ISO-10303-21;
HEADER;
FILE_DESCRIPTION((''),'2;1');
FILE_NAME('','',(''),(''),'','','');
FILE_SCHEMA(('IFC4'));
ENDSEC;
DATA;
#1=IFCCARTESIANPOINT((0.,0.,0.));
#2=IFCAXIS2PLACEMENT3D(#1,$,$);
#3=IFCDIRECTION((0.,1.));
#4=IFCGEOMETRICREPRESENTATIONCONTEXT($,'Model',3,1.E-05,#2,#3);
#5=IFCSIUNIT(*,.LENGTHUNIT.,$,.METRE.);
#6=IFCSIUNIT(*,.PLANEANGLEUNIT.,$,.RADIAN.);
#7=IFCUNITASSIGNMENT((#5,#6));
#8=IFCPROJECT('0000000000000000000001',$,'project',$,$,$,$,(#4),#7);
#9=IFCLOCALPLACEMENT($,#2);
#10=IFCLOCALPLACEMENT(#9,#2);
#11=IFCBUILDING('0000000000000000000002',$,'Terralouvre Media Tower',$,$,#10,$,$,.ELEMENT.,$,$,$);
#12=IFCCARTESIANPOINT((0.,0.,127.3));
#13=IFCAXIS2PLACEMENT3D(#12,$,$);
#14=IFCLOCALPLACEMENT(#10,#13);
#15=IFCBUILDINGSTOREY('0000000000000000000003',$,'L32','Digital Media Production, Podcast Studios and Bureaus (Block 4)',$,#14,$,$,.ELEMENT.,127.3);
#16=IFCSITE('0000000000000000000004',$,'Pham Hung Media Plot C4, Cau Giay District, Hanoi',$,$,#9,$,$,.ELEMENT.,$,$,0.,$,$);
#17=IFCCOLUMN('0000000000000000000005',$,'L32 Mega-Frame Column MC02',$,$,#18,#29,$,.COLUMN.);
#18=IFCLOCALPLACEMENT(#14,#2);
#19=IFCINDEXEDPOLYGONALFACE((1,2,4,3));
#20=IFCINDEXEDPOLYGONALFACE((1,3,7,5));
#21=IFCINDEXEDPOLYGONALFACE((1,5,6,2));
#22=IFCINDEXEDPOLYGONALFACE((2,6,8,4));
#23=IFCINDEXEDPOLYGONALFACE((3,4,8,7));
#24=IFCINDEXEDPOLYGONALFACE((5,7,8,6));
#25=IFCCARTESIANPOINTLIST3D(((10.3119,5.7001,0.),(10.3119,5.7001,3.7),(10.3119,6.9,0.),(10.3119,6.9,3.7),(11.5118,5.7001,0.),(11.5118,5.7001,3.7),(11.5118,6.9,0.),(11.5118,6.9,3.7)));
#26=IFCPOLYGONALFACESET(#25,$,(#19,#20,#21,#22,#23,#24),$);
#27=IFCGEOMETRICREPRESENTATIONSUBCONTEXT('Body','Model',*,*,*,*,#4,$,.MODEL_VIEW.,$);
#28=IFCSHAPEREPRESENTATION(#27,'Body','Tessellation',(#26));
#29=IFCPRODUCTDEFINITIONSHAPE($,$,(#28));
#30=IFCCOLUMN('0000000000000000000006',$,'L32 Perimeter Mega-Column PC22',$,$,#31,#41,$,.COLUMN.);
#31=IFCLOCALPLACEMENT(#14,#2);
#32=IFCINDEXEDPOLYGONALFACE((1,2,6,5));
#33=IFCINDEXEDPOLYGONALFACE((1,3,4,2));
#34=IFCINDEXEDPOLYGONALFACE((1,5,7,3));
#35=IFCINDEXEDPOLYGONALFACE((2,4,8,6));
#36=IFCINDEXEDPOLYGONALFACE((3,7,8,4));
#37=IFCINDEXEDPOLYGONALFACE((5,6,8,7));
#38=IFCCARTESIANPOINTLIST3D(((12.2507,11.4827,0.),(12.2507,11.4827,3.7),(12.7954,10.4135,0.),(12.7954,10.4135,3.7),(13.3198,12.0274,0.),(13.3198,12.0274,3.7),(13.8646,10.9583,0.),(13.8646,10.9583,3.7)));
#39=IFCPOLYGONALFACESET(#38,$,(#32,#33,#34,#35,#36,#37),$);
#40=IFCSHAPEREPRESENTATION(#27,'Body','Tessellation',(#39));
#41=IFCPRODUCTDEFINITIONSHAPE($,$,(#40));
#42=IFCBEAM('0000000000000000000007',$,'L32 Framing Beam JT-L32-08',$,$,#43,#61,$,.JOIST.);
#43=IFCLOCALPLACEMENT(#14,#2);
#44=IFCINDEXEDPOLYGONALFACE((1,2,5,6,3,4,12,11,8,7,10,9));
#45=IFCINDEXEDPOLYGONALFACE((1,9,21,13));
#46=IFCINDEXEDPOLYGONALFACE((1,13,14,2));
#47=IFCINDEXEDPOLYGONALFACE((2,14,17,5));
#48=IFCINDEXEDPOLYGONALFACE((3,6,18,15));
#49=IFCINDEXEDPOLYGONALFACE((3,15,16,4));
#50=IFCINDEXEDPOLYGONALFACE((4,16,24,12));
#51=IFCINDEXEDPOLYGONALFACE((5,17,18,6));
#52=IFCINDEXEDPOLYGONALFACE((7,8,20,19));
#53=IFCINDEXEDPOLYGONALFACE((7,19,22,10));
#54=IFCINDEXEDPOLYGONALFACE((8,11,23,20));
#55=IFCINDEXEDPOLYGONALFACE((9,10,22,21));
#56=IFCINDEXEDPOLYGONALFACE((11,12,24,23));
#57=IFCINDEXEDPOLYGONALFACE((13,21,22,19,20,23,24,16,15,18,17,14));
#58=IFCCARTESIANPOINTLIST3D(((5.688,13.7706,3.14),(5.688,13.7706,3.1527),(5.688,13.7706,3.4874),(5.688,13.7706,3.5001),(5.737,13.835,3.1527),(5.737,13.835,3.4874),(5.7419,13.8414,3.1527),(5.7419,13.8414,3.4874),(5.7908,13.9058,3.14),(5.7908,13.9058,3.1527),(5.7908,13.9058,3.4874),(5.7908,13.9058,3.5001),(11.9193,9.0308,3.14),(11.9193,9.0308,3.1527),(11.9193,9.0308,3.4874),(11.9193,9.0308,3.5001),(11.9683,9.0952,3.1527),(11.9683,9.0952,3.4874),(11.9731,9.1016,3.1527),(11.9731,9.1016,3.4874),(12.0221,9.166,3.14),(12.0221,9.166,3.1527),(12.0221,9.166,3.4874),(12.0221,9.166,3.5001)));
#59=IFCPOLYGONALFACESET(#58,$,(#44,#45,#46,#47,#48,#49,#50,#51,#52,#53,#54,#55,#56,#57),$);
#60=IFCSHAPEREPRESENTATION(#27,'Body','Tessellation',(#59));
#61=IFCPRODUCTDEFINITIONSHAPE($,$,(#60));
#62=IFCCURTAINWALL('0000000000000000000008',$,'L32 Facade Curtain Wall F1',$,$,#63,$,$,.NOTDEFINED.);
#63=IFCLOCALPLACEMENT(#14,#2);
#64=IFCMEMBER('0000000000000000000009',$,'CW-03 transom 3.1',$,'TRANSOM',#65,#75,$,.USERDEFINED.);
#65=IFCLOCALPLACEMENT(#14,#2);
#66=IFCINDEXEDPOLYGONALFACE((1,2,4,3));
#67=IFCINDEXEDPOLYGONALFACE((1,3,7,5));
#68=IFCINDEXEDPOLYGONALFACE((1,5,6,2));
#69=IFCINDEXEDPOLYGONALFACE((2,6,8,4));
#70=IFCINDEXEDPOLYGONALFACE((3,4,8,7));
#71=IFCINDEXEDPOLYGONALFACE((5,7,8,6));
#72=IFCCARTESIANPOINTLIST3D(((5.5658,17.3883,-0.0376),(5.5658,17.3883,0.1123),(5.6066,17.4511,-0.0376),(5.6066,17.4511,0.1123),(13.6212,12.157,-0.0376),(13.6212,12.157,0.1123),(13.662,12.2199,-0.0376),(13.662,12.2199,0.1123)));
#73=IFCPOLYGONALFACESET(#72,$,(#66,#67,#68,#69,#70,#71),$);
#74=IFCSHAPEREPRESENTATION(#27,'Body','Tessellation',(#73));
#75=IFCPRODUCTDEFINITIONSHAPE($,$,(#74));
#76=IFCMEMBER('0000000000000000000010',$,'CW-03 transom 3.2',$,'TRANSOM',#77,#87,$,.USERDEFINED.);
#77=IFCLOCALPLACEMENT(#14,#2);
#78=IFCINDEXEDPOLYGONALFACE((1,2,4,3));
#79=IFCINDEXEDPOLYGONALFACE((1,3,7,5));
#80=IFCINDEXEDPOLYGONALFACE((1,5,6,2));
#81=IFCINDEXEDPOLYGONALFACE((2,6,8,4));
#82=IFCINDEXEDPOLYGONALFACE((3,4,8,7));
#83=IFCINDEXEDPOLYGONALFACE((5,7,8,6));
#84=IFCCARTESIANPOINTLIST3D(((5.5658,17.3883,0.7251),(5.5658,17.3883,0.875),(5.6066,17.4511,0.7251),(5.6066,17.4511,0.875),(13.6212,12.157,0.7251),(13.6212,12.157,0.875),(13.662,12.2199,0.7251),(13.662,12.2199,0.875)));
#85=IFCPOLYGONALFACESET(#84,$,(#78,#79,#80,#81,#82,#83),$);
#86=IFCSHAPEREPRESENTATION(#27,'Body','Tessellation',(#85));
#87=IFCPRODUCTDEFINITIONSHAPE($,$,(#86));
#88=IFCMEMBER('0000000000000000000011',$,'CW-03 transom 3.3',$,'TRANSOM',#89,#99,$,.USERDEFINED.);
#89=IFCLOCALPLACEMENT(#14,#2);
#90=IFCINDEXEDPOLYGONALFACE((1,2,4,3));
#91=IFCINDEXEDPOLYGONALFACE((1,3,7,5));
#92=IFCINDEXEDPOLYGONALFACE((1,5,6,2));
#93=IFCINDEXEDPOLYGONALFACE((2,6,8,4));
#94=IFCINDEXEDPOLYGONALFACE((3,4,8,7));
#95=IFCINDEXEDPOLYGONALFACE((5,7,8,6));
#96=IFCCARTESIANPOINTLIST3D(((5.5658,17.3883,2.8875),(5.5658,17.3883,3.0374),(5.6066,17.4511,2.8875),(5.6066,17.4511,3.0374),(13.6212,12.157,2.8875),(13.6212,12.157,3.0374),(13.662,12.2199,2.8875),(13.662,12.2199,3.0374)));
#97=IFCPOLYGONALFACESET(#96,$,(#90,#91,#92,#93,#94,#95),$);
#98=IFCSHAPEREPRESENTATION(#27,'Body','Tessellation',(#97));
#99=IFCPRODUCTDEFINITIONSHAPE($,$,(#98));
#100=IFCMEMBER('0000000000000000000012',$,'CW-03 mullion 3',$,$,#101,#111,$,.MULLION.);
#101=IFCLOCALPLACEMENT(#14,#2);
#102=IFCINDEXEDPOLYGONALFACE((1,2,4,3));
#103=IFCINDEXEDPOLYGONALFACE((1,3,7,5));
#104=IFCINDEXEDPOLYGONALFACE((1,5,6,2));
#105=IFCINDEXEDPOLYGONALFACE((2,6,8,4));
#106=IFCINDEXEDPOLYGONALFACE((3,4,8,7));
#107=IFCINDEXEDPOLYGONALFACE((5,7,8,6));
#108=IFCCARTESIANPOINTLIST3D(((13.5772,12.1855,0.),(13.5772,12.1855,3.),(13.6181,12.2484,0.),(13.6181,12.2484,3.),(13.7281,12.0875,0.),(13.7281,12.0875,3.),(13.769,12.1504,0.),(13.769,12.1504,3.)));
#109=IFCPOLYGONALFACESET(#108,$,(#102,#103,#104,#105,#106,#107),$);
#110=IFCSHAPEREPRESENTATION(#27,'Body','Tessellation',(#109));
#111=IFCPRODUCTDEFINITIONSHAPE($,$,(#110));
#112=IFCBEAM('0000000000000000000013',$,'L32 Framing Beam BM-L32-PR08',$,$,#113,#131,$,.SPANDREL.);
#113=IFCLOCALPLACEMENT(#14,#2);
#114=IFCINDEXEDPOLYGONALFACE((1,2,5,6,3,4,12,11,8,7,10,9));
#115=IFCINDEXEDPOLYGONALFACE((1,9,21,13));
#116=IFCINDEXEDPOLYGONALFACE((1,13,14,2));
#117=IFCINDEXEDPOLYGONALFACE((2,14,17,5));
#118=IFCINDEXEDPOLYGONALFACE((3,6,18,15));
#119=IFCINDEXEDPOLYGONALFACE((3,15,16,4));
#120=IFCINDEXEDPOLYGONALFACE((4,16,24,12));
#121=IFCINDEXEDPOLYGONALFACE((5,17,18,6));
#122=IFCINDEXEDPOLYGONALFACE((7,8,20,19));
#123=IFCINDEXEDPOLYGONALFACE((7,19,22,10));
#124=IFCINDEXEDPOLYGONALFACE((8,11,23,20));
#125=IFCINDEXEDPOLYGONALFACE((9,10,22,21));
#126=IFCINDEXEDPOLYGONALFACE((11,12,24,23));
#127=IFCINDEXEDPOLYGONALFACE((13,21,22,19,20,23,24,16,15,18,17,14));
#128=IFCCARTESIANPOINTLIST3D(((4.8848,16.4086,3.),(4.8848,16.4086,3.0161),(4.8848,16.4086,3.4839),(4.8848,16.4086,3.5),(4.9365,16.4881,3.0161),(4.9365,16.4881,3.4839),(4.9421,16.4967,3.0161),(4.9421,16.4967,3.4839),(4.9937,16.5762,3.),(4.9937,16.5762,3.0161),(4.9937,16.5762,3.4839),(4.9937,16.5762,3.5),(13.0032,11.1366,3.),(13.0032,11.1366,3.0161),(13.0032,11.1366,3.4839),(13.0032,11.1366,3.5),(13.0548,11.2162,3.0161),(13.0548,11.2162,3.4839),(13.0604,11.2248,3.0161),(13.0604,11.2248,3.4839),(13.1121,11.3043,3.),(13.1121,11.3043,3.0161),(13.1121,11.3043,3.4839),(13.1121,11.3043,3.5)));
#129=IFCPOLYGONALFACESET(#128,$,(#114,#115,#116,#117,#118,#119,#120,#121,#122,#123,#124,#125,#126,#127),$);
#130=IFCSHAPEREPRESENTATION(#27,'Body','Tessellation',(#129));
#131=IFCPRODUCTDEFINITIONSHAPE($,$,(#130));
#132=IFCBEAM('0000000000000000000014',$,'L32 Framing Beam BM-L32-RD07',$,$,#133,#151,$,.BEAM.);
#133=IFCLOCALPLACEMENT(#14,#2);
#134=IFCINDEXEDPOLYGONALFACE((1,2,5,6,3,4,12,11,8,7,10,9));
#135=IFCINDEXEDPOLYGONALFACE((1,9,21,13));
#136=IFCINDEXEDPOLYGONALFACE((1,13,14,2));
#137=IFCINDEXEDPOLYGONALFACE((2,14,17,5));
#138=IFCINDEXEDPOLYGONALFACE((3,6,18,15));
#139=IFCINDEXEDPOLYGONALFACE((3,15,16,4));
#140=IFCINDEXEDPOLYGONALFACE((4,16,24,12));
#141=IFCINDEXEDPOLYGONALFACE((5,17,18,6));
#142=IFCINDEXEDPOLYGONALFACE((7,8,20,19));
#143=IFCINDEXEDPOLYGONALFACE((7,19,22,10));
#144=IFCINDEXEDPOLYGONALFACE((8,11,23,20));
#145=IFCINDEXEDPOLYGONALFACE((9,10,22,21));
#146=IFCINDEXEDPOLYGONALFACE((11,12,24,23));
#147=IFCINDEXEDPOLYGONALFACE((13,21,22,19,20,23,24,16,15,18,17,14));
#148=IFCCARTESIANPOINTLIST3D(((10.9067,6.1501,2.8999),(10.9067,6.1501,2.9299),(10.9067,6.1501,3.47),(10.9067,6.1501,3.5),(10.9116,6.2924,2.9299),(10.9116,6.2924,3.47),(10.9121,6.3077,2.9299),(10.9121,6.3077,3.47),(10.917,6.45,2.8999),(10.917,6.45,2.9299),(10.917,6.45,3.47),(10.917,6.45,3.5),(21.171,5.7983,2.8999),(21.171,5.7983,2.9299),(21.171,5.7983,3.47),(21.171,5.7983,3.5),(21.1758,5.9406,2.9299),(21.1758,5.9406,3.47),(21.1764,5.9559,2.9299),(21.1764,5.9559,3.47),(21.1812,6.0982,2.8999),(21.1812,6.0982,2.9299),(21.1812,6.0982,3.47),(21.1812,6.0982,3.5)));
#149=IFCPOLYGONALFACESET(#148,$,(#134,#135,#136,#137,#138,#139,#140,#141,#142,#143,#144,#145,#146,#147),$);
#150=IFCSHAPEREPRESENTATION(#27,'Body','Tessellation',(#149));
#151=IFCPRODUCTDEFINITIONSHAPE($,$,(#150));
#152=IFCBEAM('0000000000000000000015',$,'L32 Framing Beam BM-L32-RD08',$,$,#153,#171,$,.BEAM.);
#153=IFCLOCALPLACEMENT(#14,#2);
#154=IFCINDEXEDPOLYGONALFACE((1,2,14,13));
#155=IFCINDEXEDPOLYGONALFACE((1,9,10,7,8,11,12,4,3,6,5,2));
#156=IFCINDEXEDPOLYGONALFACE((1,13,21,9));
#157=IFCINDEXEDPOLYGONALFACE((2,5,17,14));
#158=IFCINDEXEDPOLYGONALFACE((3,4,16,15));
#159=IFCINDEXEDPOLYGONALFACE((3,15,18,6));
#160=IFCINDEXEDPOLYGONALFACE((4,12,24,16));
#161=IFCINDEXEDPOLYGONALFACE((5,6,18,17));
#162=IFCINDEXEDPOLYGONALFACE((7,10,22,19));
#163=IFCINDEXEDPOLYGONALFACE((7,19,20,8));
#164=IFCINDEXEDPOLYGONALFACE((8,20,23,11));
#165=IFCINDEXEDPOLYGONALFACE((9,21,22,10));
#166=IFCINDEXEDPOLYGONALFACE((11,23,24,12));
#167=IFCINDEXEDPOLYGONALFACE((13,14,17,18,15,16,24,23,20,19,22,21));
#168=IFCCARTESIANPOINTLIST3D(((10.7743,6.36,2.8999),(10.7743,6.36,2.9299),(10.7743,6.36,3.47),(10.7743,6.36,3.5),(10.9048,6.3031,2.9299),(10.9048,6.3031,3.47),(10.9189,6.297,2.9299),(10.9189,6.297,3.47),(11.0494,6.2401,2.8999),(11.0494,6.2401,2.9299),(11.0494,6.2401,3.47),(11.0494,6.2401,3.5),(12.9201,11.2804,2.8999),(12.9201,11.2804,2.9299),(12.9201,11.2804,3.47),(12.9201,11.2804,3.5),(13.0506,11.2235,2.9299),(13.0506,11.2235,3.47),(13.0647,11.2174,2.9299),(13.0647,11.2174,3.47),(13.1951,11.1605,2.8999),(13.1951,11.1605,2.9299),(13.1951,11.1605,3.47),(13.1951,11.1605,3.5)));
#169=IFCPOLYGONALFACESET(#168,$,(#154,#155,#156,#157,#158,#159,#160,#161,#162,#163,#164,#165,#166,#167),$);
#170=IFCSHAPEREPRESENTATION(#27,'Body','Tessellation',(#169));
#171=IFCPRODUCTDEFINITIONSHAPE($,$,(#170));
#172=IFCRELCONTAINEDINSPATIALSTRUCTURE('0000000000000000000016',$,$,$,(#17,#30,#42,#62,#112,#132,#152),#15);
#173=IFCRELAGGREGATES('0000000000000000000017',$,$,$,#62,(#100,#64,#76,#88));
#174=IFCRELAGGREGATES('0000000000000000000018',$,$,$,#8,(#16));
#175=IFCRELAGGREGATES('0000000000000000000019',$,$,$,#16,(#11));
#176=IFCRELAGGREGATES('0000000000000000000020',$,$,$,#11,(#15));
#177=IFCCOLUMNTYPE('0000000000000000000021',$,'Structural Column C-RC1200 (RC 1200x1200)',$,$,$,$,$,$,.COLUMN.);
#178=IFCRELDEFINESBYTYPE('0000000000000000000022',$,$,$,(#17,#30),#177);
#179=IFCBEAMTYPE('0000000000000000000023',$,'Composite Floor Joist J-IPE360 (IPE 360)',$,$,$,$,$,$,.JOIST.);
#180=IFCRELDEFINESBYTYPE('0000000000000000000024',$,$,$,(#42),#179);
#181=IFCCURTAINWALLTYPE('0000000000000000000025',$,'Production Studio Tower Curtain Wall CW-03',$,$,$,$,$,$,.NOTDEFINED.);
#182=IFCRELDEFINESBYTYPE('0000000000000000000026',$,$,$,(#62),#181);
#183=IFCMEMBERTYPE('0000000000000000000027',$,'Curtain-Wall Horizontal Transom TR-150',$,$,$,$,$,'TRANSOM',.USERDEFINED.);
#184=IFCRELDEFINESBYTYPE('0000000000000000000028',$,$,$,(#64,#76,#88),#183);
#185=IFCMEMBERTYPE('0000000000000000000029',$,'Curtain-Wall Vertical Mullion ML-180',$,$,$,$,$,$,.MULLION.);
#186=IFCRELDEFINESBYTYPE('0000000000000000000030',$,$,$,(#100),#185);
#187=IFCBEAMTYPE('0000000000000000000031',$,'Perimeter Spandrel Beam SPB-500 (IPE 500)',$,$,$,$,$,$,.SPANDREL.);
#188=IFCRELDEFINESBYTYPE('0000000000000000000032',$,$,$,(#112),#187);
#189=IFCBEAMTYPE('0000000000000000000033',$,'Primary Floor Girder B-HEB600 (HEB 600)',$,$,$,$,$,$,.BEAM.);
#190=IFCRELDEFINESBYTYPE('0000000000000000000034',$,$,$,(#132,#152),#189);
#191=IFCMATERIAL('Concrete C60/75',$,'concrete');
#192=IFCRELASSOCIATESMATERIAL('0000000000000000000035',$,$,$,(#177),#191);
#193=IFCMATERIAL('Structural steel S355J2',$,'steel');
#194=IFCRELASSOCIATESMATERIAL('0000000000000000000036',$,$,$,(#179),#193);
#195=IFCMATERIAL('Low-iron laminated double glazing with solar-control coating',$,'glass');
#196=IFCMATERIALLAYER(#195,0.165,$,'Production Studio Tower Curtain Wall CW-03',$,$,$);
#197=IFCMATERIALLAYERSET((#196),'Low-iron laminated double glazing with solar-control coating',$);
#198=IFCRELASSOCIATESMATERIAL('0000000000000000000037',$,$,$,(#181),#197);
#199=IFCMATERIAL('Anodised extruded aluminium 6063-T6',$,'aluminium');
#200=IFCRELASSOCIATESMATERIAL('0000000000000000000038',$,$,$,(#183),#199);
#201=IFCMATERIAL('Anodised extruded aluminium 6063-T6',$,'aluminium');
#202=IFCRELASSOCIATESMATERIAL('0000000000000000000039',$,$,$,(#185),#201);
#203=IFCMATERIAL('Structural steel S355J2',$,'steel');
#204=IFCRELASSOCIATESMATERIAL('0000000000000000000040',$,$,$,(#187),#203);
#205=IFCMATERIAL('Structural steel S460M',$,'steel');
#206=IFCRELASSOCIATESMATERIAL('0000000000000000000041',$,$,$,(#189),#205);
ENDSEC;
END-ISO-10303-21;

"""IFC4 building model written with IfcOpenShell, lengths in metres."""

from ifc_helpers import new_model, si_unit, direction, frame, origin, origin_2d, place, context, subcontext, project, spatial, rectangle, i_section, extrude, material, layer, layer_set, material_profile, profile_set, type_object, element, aggregate, save


model = new_model("IFC4")

# Units and contexts
model_context = context("Model", 3, precision=1e-05, world=origin(), true_north=direction((0.0, 1.0)))
body_context = subcontext(model_context, "Body", "Model", "MODEL_VIEW")
ifc_project = project(units=[si_unit("LENGTHUNIT", "METRE"), si_unit("PLANEANGLEUNIT", "RADIAN")], contexts=[model_context])

# Site, building, storey
site_placement = place(None, origin())
site = spatial("IfcSite", under=ifc_project, at=site_placement, Name="Pham Hung Media Plot C4, Cau Giay District, Hanoi", CompositionType="ELEMENT", RefElevation=0.0)
building_placement = place(site_placement, origin())
building = spatial("IfcBuilding", under=site, at=building_placement, Name="Terralouvre Media Tower", CompositionType="ELEMENT")
storey_placement = place(building_placement, frame((0.0, 0.0, 127.3)))
storey = spatial("IfcBuildingStorey", under=building, at=storey_placement, Name="L32", Description="Digital Media Production, Podcast Studios and Bureaus (Block 4)", CompositionType="ELEMENT", Elevation=127.3)

# Columns
ifc_material_1 = material(Name="Concrete C60/75", Category="concrete")
ifc_material_profile_1 = material_profile(ifc_material_1, rectangle(XDim=1.2, YDim=1.2, at=origin_2d()), Name="RC 1200x1200")
ifc_profile_set_1 = profile_set([ifc_material_profile_1], Name="Concrete C60/75")
column_type = type_object("IfcColumnType", Name="Structural Column C-RC1200 (RC 1200x1200)", PredefinedType="COLUMN", material=ifc_profile_set_1)
for number, where, z_axis, x_axis, name in (
    (1, (10.9119, 6.3, 0.0), (0.0, 0.0, 1.0), (1.0, 0.0, 0.0), "L32 Mega-Frame Column MC02"),
    (2, (13.0576, 11.2205, 0.0), (0.0, 0.0, 1.0), (0.891007, 0.45399, 0.0), "L32 Perimeter Mega-Column PC22"),
):
    element("IfcColumn", number, at=place(storey_placement, frame(where, z_axis=z_axis, x_axis=x_axis)), inside=storey, type_object=column_type, Name=name, PredefinedType="COLUMN", context=body_context, shape_type="SweptSolid", body=[
        extrude(rectangle(XDim=1.2, YDim=1.2, at=origin_2d()), origin(), (0.0, 0.0, 1.0), 3.7),
    ])

# Beam
ifc_material_2 = material(Name="Structural steel S355J2", Category="steel")
ifc_material_profile_2 = material_profile(ifc_material_2, i_section(OverallWidth=0.1699, OverallDepth=0.3601, WebThickness=0.0081, FlangeThickness=0.0127, at=origin_2d()), Name="IPE 360")
ifc_profile_set_2 = profile_set([ifc_material_profile_2], Name="Structural steel S355J2")
beam_type_1 = type_object("IfcBeamType", Name="Composite Floor Joist J-IPE360 (IPE 360)", PredefinedType="JOIST", material=ifc_profile_set_2)
beam_1_placement = place(storey_placement, frame((11.9707, 9.0984, 3.3201), z_axis=(-0.795914, 0.60541, 0.0), x_axis=(-0.60541, -0.795914, 0.0)))
element("IfcBeam", 3, at=beam_1_placement, inside=storey, type_object=beam_type_1, Name="L32 Framing Beam JT-L32-08", PredefinedType="JOIST", context=body_context, shape_type="SweptSolid", body=[
    extrude(i_section(OverallWidth=0.1699, OverallDepth=0.3601, WebThickness=0.0081, FlangeThickness=0.0127, at=origin_2d()), origin(), (0.0, 0.0, 1.0), 7.8291),
])

# Curtain wall, members
ifc_material_3 = material(Name="Low-iron laminated double glazing with solar-control coating", Category="glass")
ifc_layer_1 = layer(ifc_material_3, 0.165, Name="Production Studio Tower Curtain Wall CW-03")
ifc_layer_set_1 = layer_set([ifc_layer_1], Name="Low-iron laminated double glazing with solar-control coating")
curtain_wall_type = type_object("IfcCurtainWallType", Name="Production Studio Tower Curtain Wall CW-03", PredefinedType="NOTDEFINED", material=ifc_layer_set_1)
curtain_wall_placement = place(storey_placement, origin())
curtain_wall = element("IfcCurtainWall", 4, at=curtain_wall_placement, inside=storey, type_object=curtain_wall_type, Name="L32 Facade Curtain Wall F1", PredefinedType="NOTDEFINED")
ifc_material_4 = material(Name="Anodised extruded aluminium 6063-T6", Category="aluminium")
ifc_material_profile_3 = material_profile(ifc_material_4, rectangle(XDim=0.075, YDim=0.1499, at=origin_2d()), Name="ALU 75x150")
ifc_profile_set_3 = profile_set([ifc_material_profile_3], Name="Anodised extruded aluminium 6063-T6")
member_type_1 = type_object("IfcMemberType", Name="Curtain-Wall Horizontal Transom TR-150", ElementType="TRANSOM", PredefinedType="USERDEFINED", material=ifc_profile_set_3)
member_1_placement = place(storey_placement, frame((13.6416, 12.1885, 0.0374), z_axis=(-0.838673, 0.544635, 0.0), x_axis=(-0.544635, -0.838673, 0.0)))
member_1 = element("IfcMember", 5, at=member_1_placement, type_object=member_type_1, Name="CW-03 transom 3.1", ObjectType="TRANSOM", PredefinedType="USERDEFINED", context=body_context, shape_type="SweptSolid", body=[
    extrude(rectangle(XDim=0.075, YDim=0.1499, at=origin_2d()), origin(), (0.0, 0.0, 1.0), 9.605),
])
member_2_placement = place(storey_placement, frame((13.6416, 12.1885, 0.8), z_axis=(-0.838673, 0.544635, 0.0), x_axis=(-0.544635, -0.838673, 0.0)))
member_2 = element("IfcMember", 6, at=member_2_placement, type_object=member_type_1, Name="CW-03 transom 3.2", ObjectType="TRANSOM", PredefinedType="USERDEFINED", context=body_context, shape_type="SweptSolid", body=[
    extrude(rectangle(XDim=0.075, YDim=0.1499, at=origin_2d()), origin(), (0.0, 0.0, 1.0), 9.605),
])
member_3_placement = place(storey_placement, frame((13.6416, 12.1885, 2.9624), z_axis=(-0.838673, 0.544635, 0.0), x_axis=(-0.544635, -0.838673, 0.0)))
member_3 = element("IfcMember", 7, at=member_3_placement, type_object=member_type_1, Name="CW-03 transom 3.3", ObjectType="TRANSOM", PredefinedType="USERDEFINED", context=body_context, shape_type="SweptSolid", body=[
    extrude(rectangle(XDim=0.075, YDim=0.1499, at=origin_2d()), origin(), (0.0, 0.0, 1.0), 9.605),
])
ifc_material_5 = material(Name="Anodised extruded aluminium 6063-T6", Category="aluminium")
ifc_material_profile_4 = material_profile(ifc_material_5, rectangle(XDim=0.075, YDim=0.1799, at=origin_2d()), Name="ALU 75x180")
ifc_profile_set_4 = profile_set([ifc_material_profile_4], Name="Anodised extruded aluminium 6063-T6")
member_type_2 = type_object("IfcMemberType", Name="Curtain-Wall Vertical Mullion ML-180", PredefinedType="MULLION", material=ifc_profile_set_4)
member_4_placement = place(storey_placement, frame((13.6731, 12.168, 0.0), z_axis=(0.0, 0.0, 1.0), x_axis=(-0.544639, -0.838671, 0.0)))
member_4 = element("IfcMember", 8, at=member_4_placement, type_object=member_type_2, Name="CW-03 mullion 3", PredefinedType="MULLION", context=body_context, shape_type="SweptSolid", body=[
    extrude(rectangle(XDim=0.075, YDim=0.1799, at=origin_2d()), origin(), (0.0, 0.0, 1.0), 3.0),
])
aggregate(curtain_wall, [member_4, member_1, member_2, member_3])

# Beams
ifc_material_6 = material(Name="Structural steel S355J2", Category="steel")
ifc_material_profile_5 = material_profile(ifc_material_6, i_section(OverallWidth=0.2, OverallDepth=0.5, WebThickness=0.0103, FlangeThickness=0.0161, at=origin_2d()), Name="IPE 500")
ifc_profile_set_5 = profile_set([ifc_material_profile_5], Name="Structural steel S355J2")
beam_type_2 = type_object("IfcBeamType", Name="Perimeter Spandrel Beam SPB-500 (IPE 500)", PredefinedType="SPANDREL", material=ifc_profile_set_5)
beam_2_placement = place(storey_placement, frame((13.0576, 11.2205, 3.25), z_axis=(-0.838679, 0.544626, 0.0), x_axis=(-0.544626, -0.838679, 0.0)))
element("IfcBeam", 9, at=beam_2_placement, inside=storey, type_object=beam_type_2, Name="L32 Framing Beam BM-L32-PR08", PredefinedType="SPANDREL", context=body_context, shape_type="SweptSolid", body=[
    extrude(i_section(OverallWidth=0.2, OverallDepth=0.5, WebThickness=0.0103, FlangeThickness=0.0161, at=origin_2d()), origin(), (0.0, 0.0, 1.0), 9.6799),
])
ifc_material_7 = material(Name="Structural steel S460M", Category="steel")
ifc_material_profile_6 = material_profile(ifc_material_7, i_section(OverallWidth=0.3, OverallDepth=0.6001, WebThickness=0.0154, FlangeThickness=0.03, at=origin_2d()), Name="HEB 600")
ifc_profile_set_6 = profile_set([ifc_material_profile_6], Name="Structural steel S460M")
beam_type_3 = type_object("IfcBeamType", Name="Primary Floor Girder B-HEB600 (HEB 600)", PredefinedType="BEAM", material=ifc_profile_set_6)
beam_3_placement = place(storey_placement, frame((10.9119, 6.3, 3.2), z_axis=(0.999413, -0.034255, 0.0), x_axis=(0.034255, 0.999413, 0.0)))
element("IfcBeam", 10, at=beam_3_placement, inside=storey, type_object=beam_type_3, Name="L32 Framing Beam BM-L32-RD07", PredefinedType="BEAM", context=body_context, shape_type="SweptSolid", body=[
    extrude(i_section(OverallWidth=0.3, OverallDepth=0.6001, WebThickness=0.0154, FlangeThickness=0.03, at=origin_2d()), origin(), (0.0, 0.0, 1.0), 10.2703),
])
beam_4_placement = place(storey_placement, frame((10.9119, 6.3, 3.2), z_axis=(0.399735, 0.916631, 0.0), x_axis=(-0.916631, 0.399735, 0.0)))
element("IfcBeam", 11, at=beam_4_placement, inside=storey, type_object=beam_type_3, Name="L32 Framing Beam BM-L32-RD08", PredefinedType="BEAM", context=body_context, shape_type="SweptSolid", body=[
    extrude(i_section(OverallWidth=0.3, OverallDepth=0.6001, WebThickness=0.0154, FlangeThickness=0.03, at=origin_2d()), origin(), (0.0, 0.0, 1.0), 5.3679),
])

save(model, "model.ifc")
